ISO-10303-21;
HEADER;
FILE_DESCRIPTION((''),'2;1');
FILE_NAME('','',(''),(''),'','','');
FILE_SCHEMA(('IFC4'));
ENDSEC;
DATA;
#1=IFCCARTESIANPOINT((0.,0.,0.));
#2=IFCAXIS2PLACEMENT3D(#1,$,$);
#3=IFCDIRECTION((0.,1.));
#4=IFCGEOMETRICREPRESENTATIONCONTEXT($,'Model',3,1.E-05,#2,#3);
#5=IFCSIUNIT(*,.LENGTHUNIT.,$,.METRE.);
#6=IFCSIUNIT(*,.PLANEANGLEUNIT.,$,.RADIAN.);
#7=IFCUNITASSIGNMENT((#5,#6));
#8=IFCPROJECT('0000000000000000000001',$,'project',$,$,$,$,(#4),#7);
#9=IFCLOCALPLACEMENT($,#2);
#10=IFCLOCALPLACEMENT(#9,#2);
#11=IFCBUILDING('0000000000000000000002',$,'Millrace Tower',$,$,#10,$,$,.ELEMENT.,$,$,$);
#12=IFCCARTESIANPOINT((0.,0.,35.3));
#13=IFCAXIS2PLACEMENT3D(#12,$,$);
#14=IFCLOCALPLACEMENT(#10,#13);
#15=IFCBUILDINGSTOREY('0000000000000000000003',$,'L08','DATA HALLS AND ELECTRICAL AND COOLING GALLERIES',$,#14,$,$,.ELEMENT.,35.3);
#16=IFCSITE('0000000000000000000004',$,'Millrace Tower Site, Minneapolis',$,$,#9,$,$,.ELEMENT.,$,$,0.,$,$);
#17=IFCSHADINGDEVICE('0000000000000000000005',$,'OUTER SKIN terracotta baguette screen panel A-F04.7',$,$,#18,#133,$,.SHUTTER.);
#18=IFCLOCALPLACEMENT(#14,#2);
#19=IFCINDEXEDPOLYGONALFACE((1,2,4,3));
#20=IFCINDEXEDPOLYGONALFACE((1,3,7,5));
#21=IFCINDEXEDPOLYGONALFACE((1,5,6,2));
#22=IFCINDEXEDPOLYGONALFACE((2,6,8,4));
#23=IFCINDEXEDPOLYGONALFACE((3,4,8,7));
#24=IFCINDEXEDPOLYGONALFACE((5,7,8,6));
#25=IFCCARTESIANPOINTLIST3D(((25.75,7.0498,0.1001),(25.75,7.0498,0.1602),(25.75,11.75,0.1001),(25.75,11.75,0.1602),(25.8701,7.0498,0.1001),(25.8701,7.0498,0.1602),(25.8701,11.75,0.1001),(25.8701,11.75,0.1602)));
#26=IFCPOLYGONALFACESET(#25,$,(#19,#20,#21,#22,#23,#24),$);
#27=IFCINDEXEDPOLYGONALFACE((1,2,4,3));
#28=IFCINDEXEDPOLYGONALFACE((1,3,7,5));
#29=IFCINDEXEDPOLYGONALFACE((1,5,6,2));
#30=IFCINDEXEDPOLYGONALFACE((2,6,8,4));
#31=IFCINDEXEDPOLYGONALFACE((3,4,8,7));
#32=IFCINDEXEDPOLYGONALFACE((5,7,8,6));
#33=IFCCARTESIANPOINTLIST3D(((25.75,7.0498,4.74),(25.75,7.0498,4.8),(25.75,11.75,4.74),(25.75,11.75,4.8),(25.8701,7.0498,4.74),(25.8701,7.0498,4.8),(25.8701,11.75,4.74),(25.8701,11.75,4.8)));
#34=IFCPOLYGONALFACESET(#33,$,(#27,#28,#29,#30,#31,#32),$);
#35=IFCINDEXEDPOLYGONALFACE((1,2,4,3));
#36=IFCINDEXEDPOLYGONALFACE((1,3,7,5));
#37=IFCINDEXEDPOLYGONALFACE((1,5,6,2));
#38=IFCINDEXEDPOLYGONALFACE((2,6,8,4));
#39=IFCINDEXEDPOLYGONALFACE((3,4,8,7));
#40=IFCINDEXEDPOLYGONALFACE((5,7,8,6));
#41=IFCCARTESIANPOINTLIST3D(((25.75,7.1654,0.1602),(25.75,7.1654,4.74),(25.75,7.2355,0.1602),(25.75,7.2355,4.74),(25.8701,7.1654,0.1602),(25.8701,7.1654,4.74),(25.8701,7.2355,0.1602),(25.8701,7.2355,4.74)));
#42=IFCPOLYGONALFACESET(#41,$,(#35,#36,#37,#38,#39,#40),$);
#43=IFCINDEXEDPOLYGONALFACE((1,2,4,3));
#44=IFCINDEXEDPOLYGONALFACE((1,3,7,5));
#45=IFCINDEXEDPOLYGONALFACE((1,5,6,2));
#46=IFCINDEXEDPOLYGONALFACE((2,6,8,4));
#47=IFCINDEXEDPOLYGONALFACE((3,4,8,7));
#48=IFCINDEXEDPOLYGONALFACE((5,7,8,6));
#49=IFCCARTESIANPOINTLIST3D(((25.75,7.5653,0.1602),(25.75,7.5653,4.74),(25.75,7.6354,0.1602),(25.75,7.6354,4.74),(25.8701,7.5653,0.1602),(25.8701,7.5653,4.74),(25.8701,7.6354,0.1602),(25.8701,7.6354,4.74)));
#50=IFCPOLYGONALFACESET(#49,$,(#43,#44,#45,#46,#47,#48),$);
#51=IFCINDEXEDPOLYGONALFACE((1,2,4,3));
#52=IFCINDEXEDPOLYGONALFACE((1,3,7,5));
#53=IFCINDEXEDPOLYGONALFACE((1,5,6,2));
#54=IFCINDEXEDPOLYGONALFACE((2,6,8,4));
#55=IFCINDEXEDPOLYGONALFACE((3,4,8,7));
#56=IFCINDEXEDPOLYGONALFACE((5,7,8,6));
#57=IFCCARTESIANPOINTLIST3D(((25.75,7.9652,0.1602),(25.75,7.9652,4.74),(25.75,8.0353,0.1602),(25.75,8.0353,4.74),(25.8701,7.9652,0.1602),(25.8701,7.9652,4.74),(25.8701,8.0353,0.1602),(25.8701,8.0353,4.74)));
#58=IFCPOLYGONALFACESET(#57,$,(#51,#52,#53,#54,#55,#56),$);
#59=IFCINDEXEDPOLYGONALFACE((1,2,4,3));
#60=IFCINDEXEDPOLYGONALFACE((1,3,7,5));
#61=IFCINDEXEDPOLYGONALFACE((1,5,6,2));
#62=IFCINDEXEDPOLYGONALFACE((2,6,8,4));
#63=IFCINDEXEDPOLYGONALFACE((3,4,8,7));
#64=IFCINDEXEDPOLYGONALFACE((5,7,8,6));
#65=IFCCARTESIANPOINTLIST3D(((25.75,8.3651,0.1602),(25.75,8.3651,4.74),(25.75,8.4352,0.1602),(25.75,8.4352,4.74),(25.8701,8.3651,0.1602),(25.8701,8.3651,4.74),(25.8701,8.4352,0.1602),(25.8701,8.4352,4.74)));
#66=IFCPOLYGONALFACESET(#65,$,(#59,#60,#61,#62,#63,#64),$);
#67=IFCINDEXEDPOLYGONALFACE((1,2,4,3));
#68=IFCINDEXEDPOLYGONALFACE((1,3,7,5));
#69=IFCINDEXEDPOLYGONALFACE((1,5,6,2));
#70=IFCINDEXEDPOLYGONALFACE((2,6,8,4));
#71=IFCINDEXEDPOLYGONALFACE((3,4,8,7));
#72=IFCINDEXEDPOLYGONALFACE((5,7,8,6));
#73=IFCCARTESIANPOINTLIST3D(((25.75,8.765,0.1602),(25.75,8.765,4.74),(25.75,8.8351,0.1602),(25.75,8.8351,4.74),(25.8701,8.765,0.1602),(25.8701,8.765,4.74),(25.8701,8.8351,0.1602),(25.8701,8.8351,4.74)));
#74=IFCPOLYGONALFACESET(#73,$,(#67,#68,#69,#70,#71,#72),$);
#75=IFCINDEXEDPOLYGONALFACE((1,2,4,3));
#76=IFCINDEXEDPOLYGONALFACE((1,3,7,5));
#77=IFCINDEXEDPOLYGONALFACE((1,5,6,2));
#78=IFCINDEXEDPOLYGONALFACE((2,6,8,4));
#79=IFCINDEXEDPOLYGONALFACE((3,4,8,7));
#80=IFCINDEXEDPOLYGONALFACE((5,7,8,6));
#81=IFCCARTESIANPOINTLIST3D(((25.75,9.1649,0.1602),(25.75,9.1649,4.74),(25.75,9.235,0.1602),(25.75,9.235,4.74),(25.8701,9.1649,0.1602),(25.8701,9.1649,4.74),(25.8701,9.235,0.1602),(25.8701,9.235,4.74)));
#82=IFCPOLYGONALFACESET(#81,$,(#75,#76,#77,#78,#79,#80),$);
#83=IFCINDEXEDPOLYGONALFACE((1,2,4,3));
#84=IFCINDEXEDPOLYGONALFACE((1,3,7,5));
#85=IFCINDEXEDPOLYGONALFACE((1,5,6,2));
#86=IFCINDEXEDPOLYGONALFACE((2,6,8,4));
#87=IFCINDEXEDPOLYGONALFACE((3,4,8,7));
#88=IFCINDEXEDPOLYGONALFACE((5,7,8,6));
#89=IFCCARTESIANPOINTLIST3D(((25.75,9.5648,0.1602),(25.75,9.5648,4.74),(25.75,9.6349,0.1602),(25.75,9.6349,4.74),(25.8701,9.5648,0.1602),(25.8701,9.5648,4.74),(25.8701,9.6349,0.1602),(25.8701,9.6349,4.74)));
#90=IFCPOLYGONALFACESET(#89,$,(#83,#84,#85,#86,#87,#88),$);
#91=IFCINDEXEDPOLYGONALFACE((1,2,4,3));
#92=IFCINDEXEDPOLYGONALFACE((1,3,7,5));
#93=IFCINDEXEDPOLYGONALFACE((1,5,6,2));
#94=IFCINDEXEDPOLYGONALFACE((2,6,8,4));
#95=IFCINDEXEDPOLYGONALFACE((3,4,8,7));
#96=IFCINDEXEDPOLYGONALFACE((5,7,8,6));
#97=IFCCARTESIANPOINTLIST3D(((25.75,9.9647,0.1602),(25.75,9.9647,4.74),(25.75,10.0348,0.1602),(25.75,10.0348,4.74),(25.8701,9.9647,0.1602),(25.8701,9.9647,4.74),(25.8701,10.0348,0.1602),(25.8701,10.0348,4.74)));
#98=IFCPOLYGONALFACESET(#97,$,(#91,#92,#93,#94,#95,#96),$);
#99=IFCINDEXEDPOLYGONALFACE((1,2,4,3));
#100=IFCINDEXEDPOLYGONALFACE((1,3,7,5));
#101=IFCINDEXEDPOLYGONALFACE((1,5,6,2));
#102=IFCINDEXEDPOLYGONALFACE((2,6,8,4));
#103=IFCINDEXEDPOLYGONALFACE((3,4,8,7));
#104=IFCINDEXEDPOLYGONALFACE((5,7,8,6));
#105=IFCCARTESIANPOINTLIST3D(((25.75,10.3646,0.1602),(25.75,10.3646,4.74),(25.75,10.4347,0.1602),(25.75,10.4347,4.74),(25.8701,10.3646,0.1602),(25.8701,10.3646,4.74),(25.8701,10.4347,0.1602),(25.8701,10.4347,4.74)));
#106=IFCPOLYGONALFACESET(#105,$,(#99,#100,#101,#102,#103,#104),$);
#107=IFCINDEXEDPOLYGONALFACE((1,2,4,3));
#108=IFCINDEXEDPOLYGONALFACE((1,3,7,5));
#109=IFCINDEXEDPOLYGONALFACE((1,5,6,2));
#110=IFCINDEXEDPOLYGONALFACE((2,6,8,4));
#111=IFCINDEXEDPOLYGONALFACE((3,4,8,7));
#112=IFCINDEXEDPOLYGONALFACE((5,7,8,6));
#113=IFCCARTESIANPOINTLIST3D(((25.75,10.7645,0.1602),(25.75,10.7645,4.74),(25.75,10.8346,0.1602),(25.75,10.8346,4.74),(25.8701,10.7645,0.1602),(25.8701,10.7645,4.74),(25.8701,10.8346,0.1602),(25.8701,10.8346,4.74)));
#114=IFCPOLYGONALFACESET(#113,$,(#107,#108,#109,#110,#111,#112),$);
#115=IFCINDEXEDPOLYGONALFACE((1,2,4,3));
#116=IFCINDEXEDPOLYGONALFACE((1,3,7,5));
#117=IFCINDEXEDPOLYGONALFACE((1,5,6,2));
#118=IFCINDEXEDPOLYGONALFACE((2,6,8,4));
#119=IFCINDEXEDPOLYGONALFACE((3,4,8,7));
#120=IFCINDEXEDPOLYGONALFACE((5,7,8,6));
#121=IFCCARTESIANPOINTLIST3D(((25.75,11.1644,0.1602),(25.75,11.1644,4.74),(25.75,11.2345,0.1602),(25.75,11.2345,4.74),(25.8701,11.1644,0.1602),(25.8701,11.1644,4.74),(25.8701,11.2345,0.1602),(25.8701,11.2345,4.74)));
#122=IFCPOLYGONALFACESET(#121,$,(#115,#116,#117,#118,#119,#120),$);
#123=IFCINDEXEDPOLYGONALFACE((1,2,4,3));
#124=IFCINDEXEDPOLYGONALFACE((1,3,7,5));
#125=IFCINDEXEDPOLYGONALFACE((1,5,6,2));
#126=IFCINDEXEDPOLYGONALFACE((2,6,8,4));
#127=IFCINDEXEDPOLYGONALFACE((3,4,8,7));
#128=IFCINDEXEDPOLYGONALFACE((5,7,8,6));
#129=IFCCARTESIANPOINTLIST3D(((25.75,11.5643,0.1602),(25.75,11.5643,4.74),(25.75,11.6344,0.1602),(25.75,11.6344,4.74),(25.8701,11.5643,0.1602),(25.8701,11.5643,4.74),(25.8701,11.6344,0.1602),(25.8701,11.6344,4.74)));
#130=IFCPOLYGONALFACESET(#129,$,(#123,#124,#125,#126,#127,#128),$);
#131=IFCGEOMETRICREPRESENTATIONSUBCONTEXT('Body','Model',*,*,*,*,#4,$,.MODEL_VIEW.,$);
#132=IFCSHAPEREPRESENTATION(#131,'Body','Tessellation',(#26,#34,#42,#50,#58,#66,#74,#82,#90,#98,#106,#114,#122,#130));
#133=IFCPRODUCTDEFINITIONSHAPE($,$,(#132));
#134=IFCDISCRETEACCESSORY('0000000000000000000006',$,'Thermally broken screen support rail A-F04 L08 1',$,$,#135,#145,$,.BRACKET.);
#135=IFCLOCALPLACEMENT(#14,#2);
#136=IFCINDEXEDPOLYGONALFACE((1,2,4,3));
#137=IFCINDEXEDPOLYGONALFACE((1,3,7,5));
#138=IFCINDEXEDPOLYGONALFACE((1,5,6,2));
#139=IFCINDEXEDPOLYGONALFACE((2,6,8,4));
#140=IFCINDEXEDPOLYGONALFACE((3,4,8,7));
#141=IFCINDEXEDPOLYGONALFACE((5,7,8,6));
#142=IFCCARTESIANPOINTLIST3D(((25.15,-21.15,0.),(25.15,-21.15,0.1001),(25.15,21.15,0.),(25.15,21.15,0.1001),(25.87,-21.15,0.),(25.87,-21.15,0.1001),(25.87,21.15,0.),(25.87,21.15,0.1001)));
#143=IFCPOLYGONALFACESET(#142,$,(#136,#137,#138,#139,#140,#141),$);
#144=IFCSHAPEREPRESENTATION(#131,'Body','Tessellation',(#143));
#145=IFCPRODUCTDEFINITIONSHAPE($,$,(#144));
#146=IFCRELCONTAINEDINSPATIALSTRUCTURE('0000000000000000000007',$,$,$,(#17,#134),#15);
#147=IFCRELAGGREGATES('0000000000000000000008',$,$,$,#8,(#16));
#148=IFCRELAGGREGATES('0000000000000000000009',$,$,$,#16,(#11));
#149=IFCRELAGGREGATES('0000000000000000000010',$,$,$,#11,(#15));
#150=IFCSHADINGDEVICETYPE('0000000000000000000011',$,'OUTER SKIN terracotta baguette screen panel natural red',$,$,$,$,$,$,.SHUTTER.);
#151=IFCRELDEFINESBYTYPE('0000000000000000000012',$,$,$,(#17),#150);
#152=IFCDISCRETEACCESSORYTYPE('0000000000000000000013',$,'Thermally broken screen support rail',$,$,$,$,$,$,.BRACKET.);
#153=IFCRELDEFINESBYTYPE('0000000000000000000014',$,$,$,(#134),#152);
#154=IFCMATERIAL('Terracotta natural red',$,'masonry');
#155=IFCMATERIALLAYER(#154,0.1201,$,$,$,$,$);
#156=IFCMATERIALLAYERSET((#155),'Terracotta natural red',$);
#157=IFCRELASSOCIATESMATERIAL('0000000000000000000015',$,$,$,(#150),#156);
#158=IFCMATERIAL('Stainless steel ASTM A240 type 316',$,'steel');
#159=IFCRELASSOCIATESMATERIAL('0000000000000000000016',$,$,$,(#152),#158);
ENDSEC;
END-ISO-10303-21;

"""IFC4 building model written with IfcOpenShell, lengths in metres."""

from ifc_helpers import new_model, entity, si_unit, direction, frame, frame_2d, origin, origin_2d, place, context, subcontext, project, spatial, rectangle, extrude, source, transform, mapped, material, layer, layer_set, type_object, element, save


model = new_model("IFC4")

# Units and contexts
model_context = context("Model", 3, precision=1e-05, world=origin(), true_north=direction((0.0, 1.0)))
body_context = subcontext(model_context, "Body", "Model", "MODEL_VIEW")
ifc_project = project(units=[si_unit("LENGTHUNIT", "METRE"), si_unit("PLANEANGLEUNIT", "RADIAN")], contexts=[model_context])

# Site, building, storey
site_placement = place(None, origin())
site = spatial("IfcSite", under=ifc_project, at=site_placement, Name="Millrace Tower Site, Minneapolis", CompositionType="ELEMENT", RefElevation=0.0)
building_placement = place(site_placement, origin())
building = spatial("IfcBuilding", under=site, at=building_placement, Name="Millrace Tower", CompositionType="ELEMENT")
storey_placement = place(building_placement, frame((0.0, 0.0, 35.3)))
storey = spatial("IfcBuildingStorey", under=building, at=storey_placement, Name="L08", Description="DATA HALLS AND ELECTRICAL AND COOLING GALLERIES", CompositionType="ELEMENT", Elevation=35.3)

# Shading device
cartesian_point = entity("IfcCartesianPoint", [-2.3501, 0.0601])
shared_polyline = entity("IfcPolyline", [cartesian_point, entity("IfcCartesianPoint", [2.3501, 0.0601]), entity("IfcCartesianPoint", [2.3501, -0.0601]), entity("IfcCartesianPoint", [-2.3501, -0.0601]), cartesian_point])
ifc_material_1 = material(Name="Terracotta natural red", Category="masonry")
ifc_layer_1 = layer(ifc_material_1, 0.1201)
ifc_layer_set_1 = layer_set([ifc_layer_1], Name="Terracotta natural red")
shading_device_type_1 = type_object("IfcShadingDeviceType", Name="OUTER SKIN terracotta baguette screen panel natural red", PredefinedType="SHUTTER", material=ifc_layer_set_1)
shared_shape_1 = source(origin(), body_context, "Body", "SweptSolid", [
    entity("IfcExtrudedAreaSolid", entity("IfcArbitraryClosedProfileDef", "AREA", None, shared_polyline), entity("IfcAxis2Placement3D", entity("IfcCartesianPoint", [0.0, 0.0, 0.0])), entity("IfcDirection", [0.0, 0.0, 1.0]), 0.0601),
    entity("IfcExtrudedAreaSolid", entity("IfcArbitraryClosedProfileDef", "AREA", None, shared_polyline), entity("IfcAxis2Placement3D", entity("IfcCartesianPoint", [0.0, 0.0, 4.6399])), entity("IfcDirection", [0.0, 0.0, 1.0]), 0.0601),
    extrude(rectangle(XDim=0.0701, YDim=0.1201, at=frame_2d((-2.1995, 0.0))), frame((0.0, 0.0, 0.0601)), (0.0, 0.0, 1.0), 4.5798),
    extrude(rectangle(XDim=0.0701, YDim=0.1201, at=frame_2d((-1.7996, 0.0))), frame((0.0, 0.0, 0.0601)), (0.0, 0.0, 1.0), 4.5798),
    extrude(rectangle(XDim=0.0701, YDim=0.1201, at=frame_2d((-1.3997, 0.0))), frame((0.0, 0.0, 0.0601)), (0.0, 0.0, 1.0), 4.5798),
    extrude(rectangle(XDim=0.0701, YDim=0.1201, at=frame_2d((-0.9998, 0.0))), frame((0.0, 0.0, 0.0601)), (0.0, 0.0, 1.0), 4.5798),
    extrude(rectangle(XDim=0.0701, YDim=0.1201, at=frame_2d((-0.5999, 0.0))), frame((0.0, 0.0, 0.0601)), (0.0, 0.0, 1.0), 4.5798),
    extrude(rectangle(XDim=0.0701, YDim=0.1201, at=frame_2d((-0.2, 0.0))), frame((0.0, 0.0, 0.0601)), (0.0, 0.0, 1.0), 4.5798),
    extrude(rectangle(XDim=0.0701, YDim=0.1201, at=frame_2d((0.2, 0.0))), frame((0.0, 0.0, 0.0601)), (0.0, 0.0, 1.0), 4.5798),
    extrude(rectangle(XDim=0.0701, YDim=0.1201, at=frame_2d((0.5999, 0.0))), frame((0.0, 0.0, 0.0601)), (0.0, 0.0, 1.0), 4.5798),
    extrude(rectangle(XDim=0.0701, YDim=0.1201, at=frame_2d((0.9998, 0.0))), frame((0.0, 0.0, 0.0601)), (0.0, 0.0, 1.0), 4.5798),
    extrude(rectangle(XDim=0.0701, YDim=0.1201, at=frame_2d((1.3997, 0.0))), frame((0.0, 0.0, 0.0601)), (0.0, 0.0, 1.0), 4.5798),
    extrude(rectangle(XDim=0.0701, YDim=0.1201, at=frame_2d((1.7996, 0.0))), frame((0.0, 0.0, 0.0601)), (0.0, 0.0, 1.0), 4.5798),
    extrude(rectangle(XDim=0.0701, YDim=0.1201, at=frame_2d((2.1995, 0.0))), frame((0.0, 0.0, 0.0601)), (0.0, 0.0, 1.0), 4.5798),
])
for number, where, z_axis, x_axis, name in (
    (1, (25.8101, 9.3999, 0.1001), (0.0, 0.0, 1.0), (0.0, 1.0, 0.0), "OUTER SKIN terracotta baguette screen panel A-F04.7"),
):
    element("IfcShadingDevice", number, at=place(storey_placement, frame(where, z_axis=z_axis, x_axis=x_axis)), inside=storey, type_object=shading_device_type_1, Name=name, PredefinedType="SHUTTER", context=body_context, shape_type="MappedRepresentation", body=[
        mapped(shared_shape_1, transform((0.0, 0.0, 0.0), scale=1.0)),
    ])

# Discrete accessory
ifc_material_2 = material(Name="Stainless steel ASTM A240 type 316", Category="steel")
discrete_accessory_type = type_object("IfcDiscreteAccessoryType", Name="Thermally broken screen support rail", PredefinedType="BRACKET", material=ifc_material_2)
discrete_accessory_placement = place(storey_placement, frame((25.51, 0.0, 0.0), z_axis=(0.0, 0.0, 1.0), x_axis=(0.0, 1.0, 0.0)))
element("IfcDiscreteAccessory", 2, at=discrete_accessory_placement, inside=storey, type_object=discrete_accessory_type, Name="Thermally broken screen support rail A-F04 L08 1", PredefinedType="BRACKET", context=body_context, shape_type="SweptSolid", body=[
    extrude(rectangle(XDim=42.3, YDim=0.72, at=origin_2d()), origin(), (0.0, 0.0, 1.0), 0.1001),
])

save(model, "model.ifc")
